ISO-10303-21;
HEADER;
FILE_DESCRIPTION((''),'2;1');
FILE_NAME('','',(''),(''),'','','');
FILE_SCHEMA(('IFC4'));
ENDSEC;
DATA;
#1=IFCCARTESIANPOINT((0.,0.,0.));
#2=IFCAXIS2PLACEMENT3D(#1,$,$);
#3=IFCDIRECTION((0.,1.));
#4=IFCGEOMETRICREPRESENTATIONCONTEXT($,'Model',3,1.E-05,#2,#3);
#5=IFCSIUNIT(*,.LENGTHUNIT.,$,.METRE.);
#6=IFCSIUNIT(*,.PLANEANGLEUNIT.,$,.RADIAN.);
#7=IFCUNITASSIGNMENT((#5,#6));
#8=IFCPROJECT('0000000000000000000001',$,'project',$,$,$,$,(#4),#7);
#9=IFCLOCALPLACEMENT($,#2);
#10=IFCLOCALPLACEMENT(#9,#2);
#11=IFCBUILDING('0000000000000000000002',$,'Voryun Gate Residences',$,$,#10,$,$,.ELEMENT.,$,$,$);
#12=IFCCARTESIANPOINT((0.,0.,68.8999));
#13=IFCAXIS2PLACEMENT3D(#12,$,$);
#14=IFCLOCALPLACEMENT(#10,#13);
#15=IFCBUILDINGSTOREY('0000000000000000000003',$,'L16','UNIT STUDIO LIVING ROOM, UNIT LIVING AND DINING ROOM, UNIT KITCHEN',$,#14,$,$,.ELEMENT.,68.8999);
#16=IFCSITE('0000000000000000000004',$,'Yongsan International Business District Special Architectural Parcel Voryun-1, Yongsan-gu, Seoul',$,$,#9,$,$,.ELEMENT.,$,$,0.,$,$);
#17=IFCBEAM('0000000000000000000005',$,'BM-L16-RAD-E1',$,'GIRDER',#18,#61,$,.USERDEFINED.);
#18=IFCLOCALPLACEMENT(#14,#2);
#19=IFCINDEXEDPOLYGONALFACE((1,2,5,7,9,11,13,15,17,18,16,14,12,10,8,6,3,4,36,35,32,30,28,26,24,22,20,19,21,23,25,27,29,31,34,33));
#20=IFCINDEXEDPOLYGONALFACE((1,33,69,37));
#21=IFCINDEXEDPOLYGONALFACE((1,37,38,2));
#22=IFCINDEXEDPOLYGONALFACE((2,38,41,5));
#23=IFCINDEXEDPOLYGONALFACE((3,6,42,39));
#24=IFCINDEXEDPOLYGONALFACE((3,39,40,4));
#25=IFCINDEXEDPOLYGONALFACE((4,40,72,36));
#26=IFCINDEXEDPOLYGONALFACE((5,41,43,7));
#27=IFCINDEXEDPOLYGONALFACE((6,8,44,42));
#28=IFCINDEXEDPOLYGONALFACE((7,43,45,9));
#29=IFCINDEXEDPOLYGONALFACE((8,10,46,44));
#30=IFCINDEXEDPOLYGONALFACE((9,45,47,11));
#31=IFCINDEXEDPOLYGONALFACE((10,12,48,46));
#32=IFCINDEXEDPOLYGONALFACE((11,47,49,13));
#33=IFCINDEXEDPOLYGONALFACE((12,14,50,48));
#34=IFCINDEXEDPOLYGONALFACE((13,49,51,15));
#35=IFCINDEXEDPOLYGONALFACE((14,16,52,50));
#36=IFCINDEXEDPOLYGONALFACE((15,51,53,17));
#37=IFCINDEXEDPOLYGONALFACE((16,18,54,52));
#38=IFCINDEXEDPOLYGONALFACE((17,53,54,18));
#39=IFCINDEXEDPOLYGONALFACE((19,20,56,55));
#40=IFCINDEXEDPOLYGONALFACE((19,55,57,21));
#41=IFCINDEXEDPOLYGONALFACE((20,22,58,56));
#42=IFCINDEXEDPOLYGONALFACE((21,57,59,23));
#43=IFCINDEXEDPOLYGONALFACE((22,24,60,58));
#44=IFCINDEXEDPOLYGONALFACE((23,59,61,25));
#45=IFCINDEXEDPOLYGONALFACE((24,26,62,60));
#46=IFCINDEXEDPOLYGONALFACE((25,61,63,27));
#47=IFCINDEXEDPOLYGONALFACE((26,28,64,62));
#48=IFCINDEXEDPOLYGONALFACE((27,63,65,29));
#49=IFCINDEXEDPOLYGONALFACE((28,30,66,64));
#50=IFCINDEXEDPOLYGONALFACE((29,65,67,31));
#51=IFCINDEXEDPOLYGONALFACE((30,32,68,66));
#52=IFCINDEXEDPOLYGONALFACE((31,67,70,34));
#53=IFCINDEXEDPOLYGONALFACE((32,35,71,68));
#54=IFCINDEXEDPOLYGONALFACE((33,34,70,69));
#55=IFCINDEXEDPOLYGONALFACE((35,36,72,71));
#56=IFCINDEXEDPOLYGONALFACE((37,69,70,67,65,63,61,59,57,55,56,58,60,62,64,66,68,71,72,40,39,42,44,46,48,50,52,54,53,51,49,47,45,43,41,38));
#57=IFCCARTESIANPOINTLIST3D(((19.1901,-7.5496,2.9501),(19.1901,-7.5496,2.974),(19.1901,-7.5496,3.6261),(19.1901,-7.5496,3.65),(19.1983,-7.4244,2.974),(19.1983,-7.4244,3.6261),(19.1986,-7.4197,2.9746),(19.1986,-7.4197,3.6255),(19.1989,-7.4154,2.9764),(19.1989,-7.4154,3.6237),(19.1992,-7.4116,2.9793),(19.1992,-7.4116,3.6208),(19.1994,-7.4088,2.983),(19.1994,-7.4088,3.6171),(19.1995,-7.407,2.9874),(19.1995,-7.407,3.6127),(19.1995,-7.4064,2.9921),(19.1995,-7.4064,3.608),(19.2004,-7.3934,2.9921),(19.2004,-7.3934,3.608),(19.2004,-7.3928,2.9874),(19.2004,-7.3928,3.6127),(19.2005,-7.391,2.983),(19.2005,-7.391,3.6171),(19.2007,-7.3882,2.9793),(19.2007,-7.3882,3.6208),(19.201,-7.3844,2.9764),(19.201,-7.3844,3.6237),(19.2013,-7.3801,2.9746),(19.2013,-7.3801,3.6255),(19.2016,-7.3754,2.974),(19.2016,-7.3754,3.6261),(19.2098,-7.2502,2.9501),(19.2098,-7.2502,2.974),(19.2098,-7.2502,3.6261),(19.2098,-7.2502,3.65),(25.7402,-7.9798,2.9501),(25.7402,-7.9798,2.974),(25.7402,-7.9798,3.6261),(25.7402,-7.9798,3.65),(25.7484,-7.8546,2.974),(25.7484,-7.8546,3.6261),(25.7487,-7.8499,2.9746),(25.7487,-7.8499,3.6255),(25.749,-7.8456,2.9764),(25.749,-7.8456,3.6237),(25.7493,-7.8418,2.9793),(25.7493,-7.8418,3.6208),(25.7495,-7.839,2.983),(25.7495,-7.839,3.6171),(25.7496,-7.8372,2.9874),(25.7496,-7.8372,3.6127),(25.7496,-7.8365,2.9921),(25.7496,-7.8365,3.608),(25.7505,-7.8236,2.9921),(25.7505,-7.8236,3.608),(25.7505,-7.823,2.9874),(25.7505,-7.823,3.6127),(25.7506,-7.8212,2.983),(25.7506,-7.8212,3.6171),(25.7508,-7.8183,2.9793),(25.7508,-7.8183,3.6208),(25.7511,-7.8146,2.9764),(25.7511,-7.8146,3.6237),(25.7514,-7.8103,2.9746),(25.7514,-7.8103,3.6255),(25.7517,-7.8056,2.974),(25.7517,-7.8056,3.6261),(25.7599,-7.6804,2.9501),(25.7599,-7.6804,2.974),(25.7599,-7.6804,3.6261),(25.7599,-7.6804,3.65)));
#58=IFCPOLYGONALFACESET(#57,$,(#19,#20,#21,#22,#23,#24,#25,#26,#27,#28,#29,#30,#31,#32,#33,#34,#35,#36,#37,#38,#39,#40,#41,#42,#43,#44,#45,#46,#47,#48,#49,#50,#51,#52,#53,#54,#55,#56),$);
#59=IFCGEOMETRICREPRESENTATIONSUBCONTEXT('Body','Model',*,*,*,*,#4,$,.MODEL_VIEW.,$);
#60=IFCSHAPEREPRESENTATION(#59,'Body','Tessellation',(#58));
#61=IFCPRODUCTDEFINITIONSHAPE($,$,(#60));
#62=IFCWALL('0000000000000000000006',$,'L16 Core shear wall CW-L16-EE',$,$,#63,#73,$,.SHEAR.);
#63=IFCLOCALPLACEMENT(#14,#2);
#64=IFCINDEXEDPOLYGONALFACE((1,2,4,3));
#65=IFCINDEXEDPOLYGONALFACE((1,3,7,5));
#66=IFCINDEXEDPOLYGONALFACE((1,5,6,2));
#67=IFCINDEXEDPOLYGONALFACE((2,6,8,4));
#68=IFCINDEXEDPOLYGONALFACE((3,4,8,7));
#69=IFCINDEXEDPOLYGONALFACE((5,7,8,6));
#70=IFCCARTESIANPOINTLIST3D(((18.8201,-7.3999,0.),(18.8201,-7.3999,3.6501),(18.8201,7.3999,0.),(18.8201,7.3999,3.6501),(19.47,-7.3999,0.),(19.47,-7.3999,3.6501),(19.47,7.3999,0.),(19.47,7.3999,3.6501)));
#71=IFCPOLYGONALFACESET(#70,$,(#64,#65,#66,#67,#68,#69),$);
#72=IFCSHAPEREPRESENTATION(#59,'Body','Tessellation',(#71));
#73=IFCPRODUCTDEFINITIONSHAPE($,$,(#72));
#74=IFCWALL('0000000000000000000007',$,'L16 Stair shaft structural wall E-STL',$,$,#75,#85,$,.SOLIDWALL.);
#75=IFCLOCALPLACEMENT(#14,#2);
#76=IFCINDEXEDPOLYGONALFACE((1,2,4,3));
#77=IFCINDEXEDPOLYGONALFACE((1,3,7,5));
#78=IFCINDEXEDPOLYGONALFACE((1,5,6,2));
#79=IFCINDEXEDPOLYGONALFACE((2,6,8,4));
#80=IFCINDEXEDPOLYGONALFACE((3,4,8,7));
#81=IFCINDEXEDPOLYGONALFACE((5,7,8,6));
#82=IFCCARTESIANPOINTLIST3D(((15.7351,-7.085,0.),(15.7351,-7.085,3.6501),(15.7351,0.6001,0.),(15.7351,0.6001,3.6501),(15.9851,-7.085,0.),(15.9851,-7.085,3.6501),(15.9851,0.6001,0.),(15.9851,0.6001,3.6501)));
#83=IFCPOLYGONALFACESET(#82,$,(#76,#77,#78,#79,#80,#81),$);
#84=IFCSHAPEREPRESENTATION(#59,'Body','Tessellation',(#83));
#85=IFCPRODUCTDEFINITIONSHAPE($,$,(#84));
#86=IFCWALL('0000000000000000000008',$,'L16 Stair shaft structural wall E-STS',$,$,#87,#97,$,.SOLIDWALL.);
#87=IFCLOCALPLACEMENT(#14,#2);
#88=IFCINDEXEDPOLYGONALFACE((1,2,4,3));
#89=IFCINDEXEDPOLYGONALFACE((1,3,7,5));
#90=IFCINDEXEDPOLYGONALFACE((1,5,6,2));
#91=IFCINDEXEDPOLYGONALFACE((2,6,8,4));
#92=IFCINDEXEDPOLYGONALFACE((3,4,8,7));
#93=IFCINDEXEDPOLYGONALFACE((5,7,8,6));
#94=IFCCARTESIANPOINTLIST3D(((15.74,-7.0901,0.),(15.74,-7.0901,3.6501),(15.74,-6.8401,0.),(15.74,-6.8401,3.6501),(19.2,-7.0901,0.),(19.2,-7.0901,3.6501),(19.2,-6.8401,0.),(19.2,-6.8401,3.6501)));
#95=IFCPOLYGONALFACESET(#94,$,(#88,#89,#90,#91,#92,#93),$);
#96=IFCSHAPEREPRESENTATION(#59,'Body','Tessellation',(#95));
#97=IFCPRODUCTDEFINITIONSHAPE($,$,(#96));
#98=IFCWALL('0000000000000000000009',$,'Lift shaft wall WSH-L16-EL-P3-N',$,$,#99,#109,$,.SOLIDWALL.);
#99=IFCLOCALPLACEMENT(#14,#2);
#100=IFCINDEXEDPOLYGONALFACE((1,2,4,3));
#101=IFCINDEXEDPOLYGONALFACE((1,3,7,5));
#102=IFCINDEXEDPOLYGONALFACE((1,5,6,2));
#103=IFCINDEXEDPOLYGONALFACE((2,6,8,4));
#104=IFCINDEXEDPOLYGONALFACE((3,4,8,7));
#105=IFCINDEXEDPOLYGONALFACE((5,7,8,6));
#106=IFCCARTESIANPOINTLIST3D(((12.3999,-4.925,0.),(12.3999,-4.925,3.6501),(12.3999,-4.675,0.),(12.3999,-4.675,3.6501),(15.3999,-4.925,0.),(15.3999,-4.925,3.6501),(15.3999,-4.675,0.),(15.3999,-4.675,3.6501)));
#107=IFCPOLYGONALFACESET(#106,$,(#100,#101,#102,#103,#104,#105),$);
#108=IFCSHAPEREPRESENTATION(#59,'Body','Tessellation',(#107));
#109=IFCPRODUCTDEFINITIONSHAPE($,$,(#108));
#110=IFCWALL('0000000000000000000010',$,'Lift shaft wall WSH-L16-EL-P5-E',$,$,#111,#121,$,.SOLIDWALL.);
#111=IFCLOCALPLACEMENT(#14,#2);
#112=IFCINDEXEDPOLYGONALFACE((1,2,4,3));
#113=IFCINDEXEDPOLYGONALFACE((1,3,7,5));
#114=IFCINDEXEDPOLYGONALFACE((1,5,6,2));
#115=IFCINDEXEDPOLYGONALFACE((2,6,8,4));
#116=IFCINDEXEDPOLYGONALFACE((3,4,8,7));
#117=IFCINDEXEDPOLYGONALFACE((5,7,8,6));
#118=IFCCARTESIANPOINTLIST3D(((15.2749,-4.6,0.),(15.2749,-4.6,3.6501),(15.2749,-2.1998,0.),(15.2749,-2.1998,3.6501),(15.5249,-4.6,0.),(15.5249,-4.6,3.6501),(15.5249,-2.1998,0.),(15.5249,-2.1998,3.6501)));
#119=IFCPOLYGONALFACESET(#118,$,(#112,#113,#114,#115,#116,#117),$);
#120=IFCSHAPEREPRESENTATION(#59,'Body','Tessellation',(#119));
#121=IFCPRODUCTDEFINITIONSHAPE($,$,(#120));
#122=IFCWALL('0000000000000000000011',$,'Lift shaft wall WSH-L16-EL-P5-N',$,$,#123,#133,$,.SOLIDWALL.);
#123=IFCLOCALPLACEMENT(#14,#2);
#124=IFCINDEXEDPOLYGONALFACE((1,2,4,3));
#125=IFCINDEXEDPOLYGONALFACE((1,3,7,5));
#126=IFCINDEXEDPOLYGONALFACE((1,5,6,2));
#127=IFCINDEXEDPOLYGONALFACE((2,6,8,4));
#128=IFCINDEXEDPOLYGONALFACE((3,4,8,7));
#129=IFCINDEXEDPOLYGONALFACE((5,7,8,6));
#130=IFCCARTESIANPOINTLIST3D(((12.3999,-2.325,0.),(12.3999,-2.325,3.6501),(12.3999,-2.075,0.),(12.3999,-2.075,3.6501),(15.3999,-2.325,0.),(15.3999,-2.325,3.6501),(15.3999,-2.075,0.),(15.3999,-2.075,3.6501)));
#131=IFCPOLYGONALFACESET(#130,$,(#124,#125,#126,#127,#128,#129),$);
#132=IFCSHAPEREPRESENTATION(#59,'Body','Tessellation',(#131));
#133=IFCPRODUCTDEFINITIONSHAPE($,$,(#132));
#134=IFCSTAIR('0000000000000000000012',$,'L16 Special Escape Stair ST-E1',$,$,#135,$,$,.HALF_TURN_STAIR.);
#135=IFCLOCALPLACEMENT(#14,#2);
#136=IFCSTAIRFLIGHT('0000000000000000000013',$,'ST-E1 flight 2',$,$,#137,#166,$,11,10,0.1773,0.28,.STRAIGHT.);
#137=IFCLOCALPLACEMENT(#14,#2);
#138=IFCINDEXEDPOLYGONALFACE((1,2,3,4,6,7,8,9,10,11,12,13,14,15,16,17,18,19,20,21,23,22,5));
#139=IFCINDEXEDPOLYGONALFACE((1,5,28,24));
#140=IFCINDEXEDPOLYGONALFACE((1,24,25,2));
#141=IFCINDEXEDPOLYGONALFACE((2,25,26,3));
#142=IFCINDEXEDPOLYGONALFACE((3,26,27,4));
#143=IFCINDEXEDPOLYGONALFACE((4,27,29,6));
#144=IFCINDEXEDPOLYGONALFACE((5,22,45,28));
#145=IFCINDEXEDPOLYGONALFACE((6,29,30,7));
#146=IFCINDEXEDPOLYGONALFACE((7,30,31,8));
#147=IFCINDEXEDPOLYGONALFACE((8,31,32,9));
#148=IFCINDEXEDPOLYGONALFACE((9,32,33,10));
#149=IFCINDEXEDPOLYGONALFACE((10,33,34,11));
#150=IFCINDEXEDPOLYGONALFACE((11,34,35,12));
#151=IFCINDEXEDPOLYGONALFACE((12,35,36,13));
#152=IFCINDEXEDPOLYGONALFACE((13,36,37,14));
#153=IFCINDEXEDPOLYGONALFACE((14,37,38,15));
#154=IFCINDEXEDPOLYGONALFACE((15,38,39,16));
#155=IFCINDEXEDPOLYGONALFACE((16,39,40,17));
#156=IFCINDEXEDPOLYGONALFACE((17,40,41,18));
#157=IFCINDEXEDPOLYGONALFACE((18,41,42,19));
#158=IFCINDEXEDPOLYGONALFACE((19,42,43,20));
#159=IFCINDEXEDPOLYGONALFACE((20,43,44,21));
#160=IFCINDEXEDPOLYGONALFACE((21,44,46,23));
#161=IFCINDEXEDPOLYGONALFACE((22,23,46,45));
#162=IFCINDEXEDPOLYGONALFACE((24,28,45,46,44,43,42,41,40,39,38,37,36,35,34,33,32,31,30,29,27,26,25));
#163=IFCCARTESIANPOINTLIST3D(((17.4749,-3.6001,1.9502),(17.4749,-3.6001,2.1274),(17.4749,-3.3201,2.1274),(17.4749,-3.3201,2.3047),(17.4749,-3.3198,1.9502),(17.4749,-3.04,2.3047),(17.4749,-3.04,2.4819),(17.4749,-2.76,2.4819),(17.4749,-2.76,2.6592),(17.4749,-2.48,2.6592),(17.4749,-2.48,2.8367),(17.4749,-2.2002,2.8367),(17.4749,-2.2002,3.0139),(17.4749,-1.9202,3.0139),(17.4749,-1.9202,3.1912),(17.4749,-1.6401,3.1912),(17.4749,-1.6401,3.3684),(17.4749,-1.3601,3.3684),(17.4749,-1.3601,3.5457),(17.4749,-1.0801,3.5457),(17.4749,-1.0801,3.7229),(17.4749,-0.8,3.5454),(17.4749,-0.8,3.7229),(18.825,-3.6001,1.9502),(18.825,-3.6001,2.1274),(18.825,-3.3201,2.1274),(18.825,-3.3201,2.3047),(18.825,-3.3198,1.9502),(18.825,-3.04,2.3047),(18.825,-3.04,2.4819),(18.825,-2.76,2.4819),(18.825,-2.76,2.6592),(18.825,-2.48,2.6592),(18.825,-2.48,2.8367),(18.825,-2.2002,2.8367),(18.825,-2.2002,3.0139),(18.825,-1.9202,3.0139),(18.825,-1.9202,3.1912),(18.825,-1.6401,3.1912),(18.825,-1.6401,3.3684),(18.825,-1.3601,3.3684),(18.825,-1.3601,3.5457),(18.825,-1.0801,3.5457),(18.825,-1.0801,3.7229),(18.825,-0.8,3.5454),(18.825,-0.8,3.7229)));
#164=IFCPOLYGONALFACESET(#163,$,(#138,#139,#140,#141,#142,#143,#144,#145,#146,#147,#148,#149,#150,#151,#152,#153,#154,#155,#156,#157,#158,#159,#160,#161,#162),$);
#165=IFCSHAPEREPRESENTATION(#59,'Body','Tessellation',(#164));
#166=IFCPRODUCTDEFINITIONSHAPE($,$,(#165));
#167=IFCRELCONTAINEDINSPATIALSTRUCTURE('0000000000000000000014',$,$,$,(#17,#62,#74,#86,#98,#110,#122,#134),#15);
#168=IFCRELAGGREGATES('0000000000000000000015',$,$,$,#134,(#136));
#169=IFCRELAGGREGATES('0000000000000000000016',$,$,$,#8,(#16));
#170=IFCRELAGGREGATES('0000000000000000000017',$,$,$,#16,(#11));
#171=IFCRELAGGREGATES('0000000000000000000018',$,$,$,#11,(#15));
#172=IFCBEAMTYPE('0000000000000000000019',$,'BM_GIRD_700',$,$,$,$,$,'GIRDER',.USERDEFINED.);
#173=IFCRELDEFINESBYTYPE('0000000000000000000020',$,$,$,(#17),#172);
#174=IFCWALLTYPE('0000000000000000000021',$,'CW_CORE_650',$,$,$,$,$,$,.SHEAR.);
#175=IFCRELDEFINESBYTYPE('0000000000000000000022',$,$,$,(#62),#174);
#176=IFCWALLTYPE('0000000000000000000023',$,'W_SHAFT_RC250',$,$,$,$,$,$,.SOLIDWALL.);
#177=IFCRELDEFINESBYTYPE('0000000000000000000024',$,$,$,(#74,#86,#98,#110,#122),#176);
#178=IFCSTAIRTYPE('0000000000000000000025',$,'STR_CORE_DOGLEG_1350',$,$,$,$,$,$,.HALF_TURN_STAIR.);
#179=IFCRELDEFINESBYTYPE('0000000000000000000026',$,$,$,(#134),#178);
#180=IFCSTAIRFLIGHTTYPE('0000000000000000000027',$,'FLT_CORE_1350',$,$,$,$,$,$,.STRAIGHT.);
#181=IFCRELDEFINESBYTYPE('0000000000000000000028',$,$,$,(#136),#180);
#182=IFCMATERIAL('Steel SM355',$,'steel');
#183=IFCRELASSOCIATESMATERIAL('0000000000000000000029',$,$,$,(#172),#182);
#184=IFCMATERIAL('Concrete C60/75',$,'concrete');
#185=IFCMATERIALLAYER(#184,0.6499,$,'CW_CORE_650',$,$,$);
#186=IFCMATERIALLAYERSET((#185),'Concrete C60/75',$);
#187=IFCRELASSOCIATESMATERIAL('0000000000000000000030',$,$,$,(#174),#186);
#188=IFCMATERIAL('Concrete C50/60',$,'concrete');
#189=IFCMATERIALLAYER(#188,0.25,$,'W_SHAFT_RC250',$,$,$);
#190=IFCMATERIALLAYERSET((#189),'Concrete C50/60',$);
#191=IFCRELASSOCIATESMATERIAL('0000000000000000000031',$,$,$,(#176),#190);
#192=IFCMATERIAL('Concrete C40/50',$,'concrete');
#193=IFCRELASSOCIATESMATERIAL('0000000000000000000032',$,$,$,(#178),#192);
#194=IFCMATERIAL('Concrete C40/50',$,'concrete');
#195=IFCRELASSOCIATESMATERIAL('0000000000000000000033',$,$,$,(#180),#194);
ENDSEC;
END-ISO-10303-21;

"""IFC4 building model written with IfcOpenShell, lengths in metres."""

from ifc_helpers import new_model, si_unit, direction, frame, frame_2d, origin, origin_2d, place, context, subcontext, project, spatial, polyline, rectangle, i_section, outline, extrude, material, layer, layer_set, material_profile, profile_set, type_object, element, aggregate, save


model = new_model("IFC4")

# Units and contexts
model_context = context("Model", 3, precision=1e-05, world=origin(), true_north=direction((0.0, 1.0)))
body_context = subcontext(model_context, "Body", "Model", "MODEL_VIEW")
ifc_project = project(units=[si_unit("LENGTHUNIT", "METRE"), si_unit("PLANEANGLEUNIT", "RADIAN")], contexts=[model_context])

# Site, building, storey
site_placement = place(None, origin())
site = spatial("IfcSite", under=ifc_project, at=site_placement, Name="Yongsan International Business District Special Architectural Parcel Voryun-1, Yongsan-gu, Seoul", CompositionType="ELEMENT", RefElevation=0.0)
building_placement = place(site_placement, origin())
building = spatial("IfcBuilding", under=site, at=building_placement, Name="Voryun Gate Residences", CompositionType="ELEMENT")
storey_placement = place(building_placement, frame((0.0, 0.0, 68.8999)))
storey = spatial("IfcBuildingStorey", under=building, at=storey_placement, Name="L16", Description="UNIT STUDIO LIVING ROOM, UNIT LIVING AND DINING ROOM, UNIT KITCHEN", CompositionType="ELEMENT", Elevation=68.8999)

# Beam
ifc_material_1 = material(Name="Steel SM355", Category="steel")
ifc_material_profile_1 = material_profile(ifc_material_1, i_section(OverallWidth=0.3, OverallDepth=0.7, WebThickness=0.0129, FlangeThickness=0.0239, FilletRadius=0.0181, at=origin_2d()), Name="H-700x300x13x24")
ifc_profile_set_1 = profile_set([ifc_material_profile_1], Name="Steel SM355")
beam_type_1 = type_object("IfcBeamType", Name="BM_GIRD_700", ElementType="GIRDER", PredefinedType="USERDEFINED", material=ifc_profile_set_1)
beam_1_placement = place(storey_placement, frame((19.2, -7.3999, 3.3), z_axis=(0.99785, -0.065534, 0.0), x_axis=(0.065534, 0.99785, 0.0)))
element("IfcBeam", 1, at=beam_1_placement, inside=storey, type_object=beam_type_1, Name="BM-L16-RAD-E1", ObjectType="GIRDER", PredefinedType="USERDEFINED", context=body_context, shape_type="SweptSolid", body=[
    extrude(i_section(OverallWidth=0.3, OverallDepth=0.7, WebThickness=0.0129, FlangeThickness=0.0239, FilletRadius=0.0181, at=origin_2d()), origin(), (0.0, 0.0, 1.0), 6.5642),
])

# Walls
ifc_material_2 = material(Name="Concrete C60/75", Category="concrete")
ifc_layer_1 = layer(ifc_material_2, 0.6499, Name="CW_CORE_650")
ifc_layer_set_1 = layer_set([ifc_layer_1], Name="Concrete C60/75")
wall_type_1 = type_object("IfcWallType", Name="CW_CORE_650", PredefinedType="SHEAR", material=ifc_layer_set_1)
wall_1_placement = place(storey_placement, frame((19.145, -7.3999, 0.0), z_axis=(0.0, 0.0, 1.0), x_axis=(0.0, 1.0, 0.0)))
element("IfcWall", 2, at=wall_1_placement, inside=storey, type_object=wall_type_1, Name="L16 Core shear wall CW-L16-EE", PredefinedType="SHEAR", context=body_context, shape_type="SweptSolid", body=[
    extrude(rectangle(XDim=14.7998, YDim=0.6499, at=frame_2d((7.3999, 0.0))), origin(), (0.0, 0.0, 1.0), 3.6501),
])
ifc_material_3 = material(Name="Concrete C50/60", Category="concrete")
ifc_layer_2 = layer(ifc_material_3, 0.25, Name="W_SHAFT_RC250")
ifc_layer_set_2 = layer_set([ifc_layer_2], Name="Concrete C50/60")
wall_type_2 = type_object("IfcWallType", Name="W_SHAFT_RC250", PredefinedType="SOLIDWALL", material=ifc_layer_set_2)
wall_2_placement = place(storey_placement, frame((15.8601, -7.085, 0.0), z_axis=(0.0, 0.0, 1.0), x_axis=(0.0, 1.0, 0.0)))
element("IfcWall", 3, at=wall_2_placement, inside=storey, type_object=wall_type_2, Name="L16 Stair shaft structural wall E-STL", PredefinedType="SOLIDWALL", context=body_context, shape_type="SweptSolid", body=[
    extrude(rectangle(XDim=7.6851, YDim=0.25, at=frame_2d((3.8425, 0.0))), origin(), (0.0, 0.0, 1.0), 3.6501),
])
wall_3_placement = place(storey_placement, frame((15.74, -6.9651, 0.0), z_axis=(0.0, 0.0, 1.0), x_axis=(1.0, 0.0, 0.0)))
element("IfcWall", 4, at=wall_3_placement, inside=storey, type_object=wall_type_2, Name="L16 Stair shaft structural wall E-STS", PredefinedType="SOLIDWALL", context=body_context, shape_type="SweptSolid", body=[
    extrude(rectangle(XDim=3.46, YDim=0.25, at=frame_2d((1.73, 0.0))), origin(), (0.0, 0.0, 1.0), 3.6501),
])
wall_4_placement = place(storey_placement, frame((15.3999, -4.8, 0.0), z_axis=(0.0, 0.0, 1.0), x_axis=(-1.0, 0.0, 0.0)))
element("IfcWall", 5, at=wall_4_placement, inside=storey, type_object=wall_type_2, Name="Lift shaft wall WSH-L16-EL-P3-N", PredefinedType="SOLIDWALL", context=body_context, shape_type="SweptSolid", body=[
    extrude(rectangle(XDim=3.0, YDim=0.25, at=frame_2d((1.5, 0.0))), origin(), (0.0, 0.0, 1.0), 3.6501),
])
wall_5_placement = place(storey_placement, frame((15.3999, -4.6001, 0.0), z_axis=(0.0, 0.0, 1.0), x_axis=(0.0, 1.0, 0.0)))
element("IfcWall", 6, at=wall_5_placement, inside=storey, type_object=wall_type_2, Name="Lift shaft wall WSH-L16-EL-P5-E", PredefinedType="SOLIDWALL", context=body_context, shape_type="SweptSolid", body=[
    extrude(rectangle(XDim=2.4001, YDim=0.25, at=frame_2d((1.2002, 0.0))), origin(), (0.0, 0.0, 1.0), 3.6501),
])
wall_6_placement = place(storey_placement, frame((15.3999, -2.2, 0.0), z_axis=(0.0, 0.0, 1.0), x_axis=(-1.0, 0.0, 0.0)))
element("IfcWall", 7, at=wall_6_placement, inside=storey, type_object=wall_type_2, Name="Lift shaft wall WSH-L16-EL-P5-N", PredefinedType="SOLIDWALL", context=body_context, shape_type="SweptSolid", body=[
    extrude(rectangle(XDim=3.0, YDim=0.25, at=frame_2d((1.5, 0.0))), origin(), (0.0, 0.0, 1.0), 3.6501),
])

# Stair, stair flight
ifc_material_4 = material(Name="Concrete C40/50", Category="concrete")
stair_type = type_object("IfcStairType", Name="STR_CORE_DOGLEG_1350", PredefinedType="HALF_TURN_STAIR", material=ifc_material_4)
stair_placement = place(storey_placement, origin())
stair = element("IfcStair", 8, at=stair_placement, inside=storey, type_object=stair_type, Name="L16 Special Escape Stair ST-E1", PredefinedType="HALF_TURN_STAIR")
ifc_material_5 = material(Name="Concrete C40/50", Category="concrete")
stair_flight_type = type_object("IfcStairFlightType", Name="FLT_CORE_1350", PredefinedType="STRAIGHT", material=ifc_material_5)
stair_flight_placement = place(storey_placement, frame((18.1499, -3.6001, 1.9502), z_axis=(0.0, 0.0, 1.0), x_axis=(0.0, 1.0, 0.0)))
stair_flight = element("IfcStairFlight", 9, at=stair_flight_placement, type_object=stair_flight_type, Name="ST-E1 flight 2", NumberOfRisers=11, NumberOfTreads=10, PredefinedType="STRAIGHT", RiserHeight=0.1773, TreadLength=0.28, context=body_context, shape_type="SweptSolid", body=[
    extrude(outline(polyline([(0.0, 0.0), (0.0, 0.1772), (0.28, 0.1772), (0.28, 0.3545), (0.5601, 0.3545), (0.5601, 0.5317), (0.8401, 0.5317), (0.8401, 0.709), (1.1201, 0.709), (1.1201, 0.8865), (1.3999, 0.8865), (1.3999, 1.0637), (1.6799, 1.0637), (1.6799, 1.241), (1.96, 1.241), (1.96, 1.4182), (2.24, 1.4182), (2.24, 1.5955), (2.52, 1.5955), (2.52, 1.7727), (2.8, 1.7727), (2.8, 1.95), (2.8, 1.5952), (0.2803, 0.0), (0.0, 0.0)])), frame((0.0, 0.675, 0.0), z_axis=(0.0, -1.0, 0.0), x_axis=(1.0, 0.0, 0.0)), (0.0, 0.0, 1.0), 1.3501),
])
aggregate(stair, [stair_flight])

save(model, "model.ifc")
